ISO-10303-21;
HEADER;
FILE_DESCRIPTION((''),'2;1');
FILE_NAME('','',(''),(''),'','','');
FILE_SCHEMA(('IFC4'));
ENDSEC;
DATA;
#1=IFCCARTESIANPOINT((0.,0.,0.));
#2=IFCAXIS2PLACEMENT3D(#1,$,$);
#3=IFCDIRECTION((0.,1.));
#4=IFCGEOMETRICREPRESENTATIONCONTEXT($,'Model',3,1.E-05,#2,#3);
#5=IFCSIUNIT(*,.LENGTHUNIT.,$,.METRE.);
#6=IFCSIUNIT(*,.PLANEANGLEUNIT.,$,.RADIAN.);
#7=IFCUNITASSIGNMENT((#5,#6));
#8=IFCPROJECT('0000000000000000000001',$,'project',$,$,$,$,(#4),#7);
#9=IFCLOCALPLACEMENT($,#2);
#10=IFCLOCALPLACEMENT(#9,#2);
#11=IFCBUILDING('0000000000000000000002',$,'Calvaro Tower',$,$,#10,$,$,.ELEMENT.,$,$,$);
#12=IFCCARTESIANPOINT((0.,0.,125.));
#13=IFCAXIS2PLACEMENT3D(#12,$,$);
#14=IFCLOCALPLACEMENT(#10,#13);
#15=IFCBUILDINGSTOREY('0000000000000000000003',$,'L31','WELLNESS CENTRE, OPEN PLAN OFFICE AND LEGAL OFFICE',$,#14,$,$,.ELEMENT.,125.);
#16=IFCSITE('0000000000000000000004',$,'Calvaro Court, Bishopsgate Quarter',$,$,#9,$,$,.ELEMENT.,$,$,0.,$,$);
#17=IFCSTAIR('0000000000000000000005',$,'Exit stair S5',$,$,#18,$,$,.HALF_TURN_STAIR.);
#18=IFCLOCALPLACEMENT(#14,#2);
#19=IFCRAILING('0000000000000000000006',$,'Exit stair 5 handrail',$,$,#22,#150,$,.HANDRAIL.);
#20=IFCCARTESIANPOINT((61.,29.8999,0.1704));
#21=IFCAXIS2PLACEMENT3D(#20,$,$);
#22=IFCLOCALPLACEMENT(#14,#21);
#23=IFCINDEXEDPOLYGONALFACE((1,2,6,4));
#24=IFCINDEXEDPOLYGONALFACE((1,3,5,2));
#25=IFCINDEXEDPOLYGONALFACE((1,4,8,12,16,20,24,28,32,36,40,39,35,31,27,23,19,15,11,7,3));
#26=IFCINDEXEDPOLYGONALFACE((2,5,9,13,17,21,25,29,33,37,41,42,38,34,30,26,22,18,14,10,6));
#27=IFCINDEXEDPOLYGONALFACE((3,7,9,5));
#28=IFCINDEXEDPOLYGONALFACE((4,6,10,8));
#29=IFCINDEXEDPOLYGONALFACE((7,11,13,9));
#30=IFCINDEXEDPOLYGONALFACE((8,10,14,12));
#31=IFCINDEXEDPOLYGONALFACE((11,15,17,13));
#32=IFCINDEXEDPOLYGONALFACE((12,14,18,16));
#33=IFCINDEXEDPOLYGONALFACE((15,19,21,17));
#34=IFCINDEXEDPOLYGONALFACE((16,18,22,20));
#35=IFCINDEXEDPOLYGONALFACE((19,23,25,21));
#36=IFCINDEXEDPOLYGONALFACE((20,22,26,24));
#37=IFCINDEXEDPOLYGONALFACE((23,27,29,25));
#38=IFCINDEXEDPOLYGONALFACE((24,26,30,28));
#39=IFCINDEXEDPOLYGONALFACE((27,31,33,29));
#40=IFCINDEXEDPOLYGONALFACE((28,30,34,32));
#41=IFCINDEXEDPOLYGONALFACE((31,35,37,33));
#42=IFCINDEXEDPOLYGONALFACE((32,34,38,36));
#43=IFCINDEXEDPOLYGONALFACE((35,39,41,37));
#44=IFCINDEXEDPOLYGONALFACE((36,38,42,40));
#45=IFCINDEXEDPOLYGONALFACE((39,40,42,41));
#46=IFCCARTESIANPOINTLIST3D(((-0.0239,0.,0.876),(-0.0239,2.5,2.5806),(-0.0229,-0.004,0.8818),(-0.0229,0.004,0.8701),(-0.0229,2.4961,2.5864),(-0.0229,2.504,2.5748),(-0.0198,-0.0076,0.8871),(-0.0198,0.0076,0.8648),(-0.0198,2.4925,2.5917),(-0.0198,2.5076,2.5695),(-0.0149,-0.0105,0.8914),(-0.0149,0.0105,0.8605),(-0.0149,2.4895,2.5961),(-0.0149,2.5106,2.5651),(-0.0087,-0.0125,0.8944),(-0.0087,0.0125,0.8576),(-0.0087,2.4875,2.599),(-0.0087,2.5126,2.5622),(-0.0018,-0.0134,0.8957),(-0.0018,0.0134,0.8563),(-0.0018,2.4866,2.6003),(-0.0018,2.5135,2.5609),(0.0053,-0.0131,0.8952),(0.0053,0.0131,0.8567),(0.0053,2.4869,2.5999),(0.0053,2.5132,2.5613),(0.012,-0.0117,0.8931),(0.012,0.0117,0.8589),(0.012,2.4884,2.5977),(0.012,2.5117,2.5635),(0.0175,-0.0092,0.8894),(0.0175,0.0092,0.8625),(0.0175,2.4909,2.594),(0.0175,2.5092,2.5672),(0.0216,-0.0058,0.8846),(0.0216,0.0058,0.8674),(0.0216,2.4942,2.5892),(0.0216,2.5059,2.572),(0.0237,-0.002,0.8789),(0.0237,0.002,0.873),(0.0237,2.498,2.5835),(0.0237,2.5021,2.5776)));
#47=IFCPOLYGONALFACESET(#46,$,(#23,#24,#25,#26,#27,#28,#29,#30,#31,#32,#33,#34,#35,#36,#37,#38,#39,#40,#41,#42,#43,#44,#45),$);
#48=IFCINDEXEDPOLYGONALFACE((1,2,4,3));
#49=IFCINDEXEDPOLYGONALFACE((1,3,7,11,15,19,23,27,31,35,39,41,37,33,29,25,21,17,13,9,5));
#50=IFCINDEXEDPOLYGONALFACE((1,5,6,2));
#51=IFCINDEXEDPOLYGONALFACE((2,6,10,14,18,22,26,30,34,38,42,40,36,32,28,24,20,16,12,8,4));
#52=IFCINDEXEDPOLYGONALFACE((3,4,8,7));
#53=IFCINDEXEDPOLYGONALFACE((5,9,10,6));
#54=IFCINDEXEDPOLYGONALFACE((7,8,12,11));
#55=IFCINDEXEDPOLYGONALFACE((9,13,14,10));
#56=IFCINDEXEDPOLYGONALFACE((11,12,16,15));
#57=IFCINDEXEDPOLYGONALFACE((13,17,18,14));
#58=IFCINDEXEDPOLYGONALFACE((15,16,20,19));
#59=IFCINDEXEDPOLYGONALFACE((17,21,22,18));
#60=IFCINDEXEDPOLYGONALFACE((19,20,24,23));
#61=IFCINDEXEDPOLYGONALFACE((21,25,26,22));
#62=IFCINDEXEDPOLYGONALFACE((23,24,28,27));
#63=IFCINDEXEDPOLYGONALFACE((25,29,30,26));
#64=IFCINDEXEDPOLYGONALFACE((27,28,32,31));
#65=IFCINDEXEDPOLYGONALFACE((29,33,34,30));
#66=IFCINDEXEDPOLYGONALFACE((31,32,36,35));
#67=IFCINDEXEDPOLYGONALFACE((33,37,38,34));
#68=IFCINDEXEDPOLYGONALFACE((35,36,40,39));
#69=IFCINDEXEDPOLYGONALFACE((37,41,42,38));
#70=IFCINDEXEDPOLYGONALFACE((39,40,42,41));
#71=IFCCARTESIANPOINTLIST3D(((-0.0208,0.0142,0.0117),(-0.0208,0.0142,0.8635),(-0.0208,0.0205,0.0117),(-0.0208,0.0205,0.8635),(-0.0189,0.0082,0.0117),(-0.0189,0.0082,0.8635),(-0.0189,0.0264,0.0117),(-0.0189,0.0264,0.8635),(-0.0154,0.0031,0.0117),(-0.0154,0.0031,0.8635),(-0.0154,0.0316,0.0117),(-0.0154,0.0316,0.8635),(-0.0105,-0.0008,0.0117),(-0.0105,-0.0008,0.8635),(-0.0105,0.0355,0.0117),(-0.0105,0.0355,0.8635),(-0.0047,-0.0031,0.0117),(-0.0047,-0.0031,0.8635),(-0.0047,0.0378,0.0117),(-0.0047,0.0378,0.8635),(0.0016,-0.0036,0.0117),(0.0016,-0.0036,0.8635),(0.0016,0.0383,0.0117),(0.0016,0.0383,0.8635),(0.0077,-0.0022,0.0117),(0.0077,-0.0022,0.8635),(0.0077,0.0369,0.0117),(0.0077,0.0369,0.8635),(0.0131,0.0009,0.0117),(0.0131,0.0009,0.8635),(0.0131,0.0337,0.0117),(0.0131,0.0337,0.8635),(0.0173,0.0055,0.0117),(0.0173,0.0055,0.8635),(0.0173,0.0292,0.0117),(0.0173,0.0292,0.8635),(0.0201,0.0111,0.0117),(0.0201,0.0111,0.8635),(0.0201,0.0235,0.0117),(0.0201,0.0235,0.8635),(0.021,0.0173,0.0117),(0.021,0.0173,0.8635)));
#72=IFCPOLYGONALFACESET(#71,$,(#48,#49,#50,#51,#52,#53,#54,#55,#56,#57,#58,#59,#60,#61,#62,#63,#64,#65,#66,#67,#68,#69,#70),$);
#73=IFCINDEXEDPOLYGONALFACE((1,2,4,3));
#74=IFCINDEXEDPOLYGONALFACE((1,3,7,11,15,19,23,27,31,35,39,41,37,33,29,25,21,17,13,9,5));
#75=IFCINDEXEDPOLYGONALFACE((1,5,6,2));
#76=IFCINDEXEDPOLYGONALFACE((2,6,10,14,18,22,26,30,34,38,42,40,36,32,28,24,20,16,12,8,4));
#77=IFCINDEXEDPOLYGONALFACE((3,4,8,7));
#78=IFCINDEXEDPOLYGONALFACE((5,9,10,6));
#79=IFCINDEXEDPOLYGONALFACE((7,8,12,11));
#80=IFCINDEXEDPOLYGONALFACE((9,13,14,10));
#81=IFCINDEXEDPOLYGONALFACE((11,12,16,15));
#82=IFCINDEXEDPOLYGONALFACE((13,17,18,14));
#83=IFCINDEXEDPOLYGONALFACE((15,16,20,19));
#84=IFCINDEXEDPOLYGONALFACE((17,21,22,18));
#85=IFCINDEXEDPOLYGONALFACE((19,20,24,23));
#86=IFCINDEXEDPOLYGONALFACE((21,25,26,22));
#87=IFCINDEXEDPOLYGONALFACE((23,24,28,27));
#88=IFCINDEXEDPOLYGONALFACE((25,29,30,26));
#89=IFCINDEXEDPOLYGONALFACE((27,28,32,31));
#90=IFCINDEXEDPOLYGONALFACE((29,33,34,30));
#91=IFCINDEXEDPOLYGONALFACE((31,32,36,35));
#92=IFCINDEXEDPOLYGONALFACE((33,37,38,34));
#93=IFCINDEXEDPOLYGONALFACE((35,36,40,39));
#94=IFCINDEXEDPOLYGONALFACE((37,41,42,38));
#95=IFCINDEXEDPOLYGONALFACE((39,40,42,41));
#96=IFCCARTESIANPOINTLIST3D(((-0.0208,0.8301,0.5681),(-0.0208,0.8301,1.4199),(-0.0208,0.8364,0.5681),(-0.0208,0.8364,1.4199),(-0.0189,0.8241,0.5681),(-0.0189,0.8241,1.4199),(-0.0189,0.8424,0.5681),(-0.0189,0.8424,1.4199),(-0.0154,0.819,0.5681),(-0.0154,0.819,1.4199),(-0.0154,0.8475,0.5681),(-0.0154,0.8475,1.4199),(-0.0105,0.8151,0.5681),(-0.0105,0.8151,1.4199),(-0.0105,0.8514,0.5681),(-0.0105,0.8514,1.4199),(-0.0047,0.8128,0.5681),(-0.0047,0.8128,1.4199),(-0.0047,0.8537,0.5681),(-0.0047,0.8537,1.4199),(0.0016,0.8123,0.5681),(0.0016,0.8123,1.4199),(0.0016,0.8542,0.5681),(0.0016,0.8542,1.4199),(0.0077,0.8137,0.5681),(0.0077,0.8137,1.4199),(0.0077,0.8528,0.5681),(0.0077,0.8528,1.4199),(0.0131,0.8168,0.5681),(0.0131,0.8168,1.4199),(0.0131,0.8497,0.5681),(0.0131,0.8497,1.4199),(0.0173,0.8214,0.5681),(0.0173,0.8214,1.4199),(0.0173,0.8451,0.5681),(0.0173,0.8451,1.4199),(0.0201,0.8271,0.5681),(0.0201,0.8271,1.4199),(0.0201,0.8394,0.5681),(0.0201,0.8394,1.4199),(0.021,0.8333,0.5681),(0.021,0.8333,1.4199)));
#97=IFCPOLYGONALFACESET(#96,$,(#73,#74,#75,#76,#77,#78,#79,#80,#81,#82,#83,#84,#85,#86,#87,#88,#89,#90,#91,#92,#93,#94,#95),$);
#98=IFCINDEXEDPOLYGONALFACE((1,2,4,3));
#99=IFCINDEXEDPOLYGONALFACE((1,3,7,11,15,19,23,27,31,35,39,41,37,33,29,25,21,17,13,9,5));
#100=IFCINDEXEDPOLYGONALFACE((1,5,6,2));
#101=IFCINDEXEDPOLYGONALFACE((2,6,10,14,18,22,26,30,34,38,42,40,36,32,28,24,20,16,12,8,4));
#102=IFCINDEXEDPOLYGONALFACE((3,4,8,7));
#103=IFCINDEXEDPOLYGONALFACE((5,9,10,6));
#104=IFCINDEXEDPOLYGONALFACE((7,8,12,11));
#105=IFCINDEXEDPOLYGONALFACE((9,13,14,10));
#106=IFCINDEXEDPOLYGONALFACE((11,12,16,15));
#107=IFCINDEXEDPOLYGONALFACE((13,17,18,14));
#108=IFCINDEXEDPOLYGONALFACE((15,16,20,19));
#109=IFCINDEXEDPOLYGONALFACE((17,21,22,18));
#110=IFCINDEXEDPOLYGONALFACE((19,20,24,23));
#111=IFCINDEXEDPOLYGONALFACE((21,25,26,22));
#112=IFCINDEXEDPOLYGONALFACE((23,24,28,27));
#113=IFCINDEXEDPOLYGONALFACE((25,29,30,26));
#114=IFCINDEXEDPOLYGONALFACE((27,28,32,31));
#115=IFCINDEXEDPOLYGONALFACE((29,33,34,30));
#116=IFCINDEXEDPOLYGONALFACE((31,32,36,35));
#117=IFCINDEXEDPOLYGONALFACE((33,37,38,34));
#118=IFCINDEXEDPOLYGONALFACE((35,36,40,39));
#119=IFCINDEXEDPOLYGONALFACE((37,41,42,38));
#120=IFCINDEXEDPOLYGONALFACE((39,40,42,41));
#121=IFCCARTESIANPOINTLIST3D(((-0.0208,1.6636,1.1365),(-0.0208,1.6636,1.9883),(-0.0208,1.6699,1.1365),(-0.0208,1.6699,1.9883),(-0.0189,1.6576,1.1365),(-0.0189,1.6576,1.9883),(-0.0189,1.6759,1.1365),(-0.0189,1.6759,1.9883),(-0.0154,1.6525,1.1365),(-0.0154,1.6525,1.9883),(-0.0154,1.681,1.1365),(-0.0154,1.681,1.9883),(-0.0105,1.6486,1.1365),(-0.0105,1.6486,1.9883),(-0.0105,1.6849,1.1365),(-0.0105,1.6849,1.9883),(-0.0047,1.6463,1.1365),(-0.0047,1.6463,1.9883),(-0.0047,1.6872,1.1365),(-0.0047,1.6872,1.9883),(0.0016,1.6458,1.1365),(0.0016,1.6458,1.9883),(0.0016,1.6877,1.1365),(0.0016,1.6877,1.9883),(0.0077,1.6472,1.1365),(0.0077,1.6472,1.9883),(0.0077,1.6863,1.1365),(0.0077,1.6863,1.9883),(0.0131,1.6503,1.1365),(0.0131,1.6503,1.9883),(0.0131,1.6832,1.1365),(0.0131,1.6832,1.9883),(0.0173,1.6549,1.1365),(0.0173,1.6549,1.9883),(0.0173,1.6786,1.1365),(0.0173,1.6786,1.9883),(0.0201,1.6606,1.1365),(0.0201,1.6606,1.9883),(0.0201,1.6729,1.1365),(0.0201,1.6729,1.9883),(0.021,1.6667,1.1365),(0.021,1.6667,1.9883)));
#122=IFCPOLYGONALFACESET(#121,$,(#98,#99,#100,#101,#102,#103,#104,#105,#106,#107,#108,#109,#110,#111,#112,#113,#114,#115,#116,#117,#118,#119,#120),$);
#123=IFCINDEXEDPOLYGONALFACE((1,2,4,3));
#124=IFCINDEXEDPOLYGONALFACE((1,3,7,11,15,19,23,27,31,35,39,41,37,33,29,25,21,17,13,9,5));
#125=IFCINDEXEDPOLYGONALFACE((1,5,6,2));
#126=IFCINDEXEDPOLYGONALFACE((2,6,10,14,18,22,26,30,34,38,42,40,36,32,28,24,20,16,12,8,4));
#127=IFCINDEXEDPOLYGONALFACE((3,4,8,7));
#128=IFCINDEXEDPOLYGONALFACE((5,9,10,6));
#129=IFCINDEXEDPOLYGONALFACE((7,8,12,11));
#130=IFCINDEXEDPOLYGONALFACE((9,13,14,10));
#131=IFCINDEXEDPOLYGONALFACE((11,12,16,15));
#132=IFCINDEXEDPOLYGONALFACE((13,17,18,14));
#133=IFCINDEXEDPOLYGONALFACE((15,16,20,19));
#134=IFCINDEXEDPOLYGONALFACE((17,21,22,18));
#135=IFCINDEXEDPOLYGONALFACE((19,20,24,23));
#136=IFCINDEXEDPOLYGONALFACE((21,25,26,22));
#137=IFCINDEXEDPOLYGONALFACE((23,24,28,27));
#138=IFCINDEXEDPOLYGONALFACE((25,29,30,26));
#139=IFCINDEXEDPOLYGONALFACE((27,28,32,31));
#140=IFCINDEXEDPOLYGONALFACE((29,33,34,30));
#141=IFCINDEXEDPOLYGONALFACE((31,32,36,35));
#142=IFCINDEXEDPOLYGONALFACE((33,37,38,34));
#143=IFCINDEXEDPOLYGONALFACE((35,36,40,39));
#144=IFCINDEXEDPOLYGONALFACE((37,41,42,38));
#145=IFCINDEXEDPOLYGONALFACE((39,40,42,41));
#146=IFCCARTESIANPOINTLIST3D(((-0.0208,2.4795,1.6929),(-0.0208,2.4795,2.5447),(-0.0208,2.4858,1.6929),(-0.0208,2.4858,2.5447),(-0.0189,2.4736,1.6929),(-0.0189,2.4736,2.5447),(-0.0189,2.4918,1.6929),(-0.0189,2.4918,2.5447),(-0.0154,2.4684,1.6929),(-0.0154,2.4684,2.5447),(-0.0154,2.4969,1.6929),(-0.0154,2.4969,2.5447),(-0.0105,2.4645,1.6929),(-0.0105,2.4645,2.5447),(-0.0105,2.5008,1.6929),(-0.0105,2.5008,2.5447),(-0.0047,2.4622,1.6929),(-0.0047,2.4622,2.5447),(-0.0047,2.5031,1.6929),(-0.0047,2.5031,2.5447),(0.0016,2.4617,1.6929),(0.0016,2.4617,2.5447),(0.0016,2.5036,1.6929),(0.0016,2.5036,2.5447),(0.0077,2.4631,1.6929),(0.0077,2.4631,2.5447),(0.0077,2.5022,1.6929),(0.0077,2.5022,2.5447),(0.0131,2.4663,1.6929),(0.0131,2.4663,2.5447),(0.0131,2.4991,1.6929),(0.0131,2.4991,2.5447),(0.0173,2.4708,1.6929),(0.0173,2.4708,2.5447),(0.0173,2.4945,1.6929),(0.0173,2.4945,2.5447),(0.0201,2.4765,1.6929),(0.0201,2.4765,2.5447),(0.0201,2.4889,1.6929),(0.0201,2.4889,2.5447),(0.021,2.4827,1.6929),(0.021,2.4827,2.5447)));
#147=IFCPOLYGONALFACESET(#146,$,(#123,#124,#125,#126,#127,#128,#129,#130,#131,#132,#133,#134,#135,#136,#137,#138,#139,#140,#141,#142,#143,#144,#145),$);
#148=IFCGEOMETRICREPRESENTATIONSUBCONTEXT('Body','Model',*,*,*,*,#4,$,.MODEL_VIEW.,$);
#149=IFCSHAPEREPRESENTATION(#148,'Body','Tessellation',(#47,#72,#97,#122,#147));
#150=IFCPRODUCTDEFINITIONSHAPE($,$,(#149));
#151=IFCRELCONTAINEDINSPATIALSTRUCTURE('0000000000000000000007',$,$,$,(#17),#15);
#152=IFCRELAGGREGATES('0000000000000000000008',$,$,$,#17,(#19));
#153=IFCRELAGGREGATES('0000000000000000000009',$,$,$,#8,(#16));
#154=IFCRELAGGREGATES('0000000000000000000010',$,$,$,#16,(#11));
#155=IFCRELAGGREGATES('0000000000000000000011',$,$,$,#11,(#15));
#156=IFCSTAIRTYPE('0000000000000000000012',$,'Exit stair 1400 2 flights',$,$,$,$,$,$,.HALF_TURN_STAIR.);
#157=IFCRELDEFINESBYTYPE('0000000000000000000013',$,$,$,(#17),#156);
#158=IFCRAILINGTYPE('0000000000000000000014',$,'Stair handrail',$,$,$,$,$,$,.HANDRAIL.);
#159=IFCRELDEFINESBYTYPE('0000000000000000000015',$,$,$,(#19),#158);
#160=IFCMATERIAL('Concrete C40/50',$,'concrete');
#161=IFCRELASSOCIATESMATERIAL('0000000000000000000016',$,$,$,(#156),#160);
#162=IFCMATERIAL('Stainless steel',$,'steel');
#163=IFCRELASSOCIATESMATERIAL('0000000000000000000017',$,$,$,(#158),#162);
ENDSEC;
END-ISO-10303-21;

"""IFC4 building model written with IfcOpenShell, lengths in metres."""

from ifc_helpers import new_model, si_unit, direction, frame, origin, origin_2d, place, context, subcontext, project, spatial, circle, extrude, material, type_object, element, aggregate, save


model = new_model("IFC4")

# Units and contexts
model_context = context("Model", 3, precision=1e-05, world=origin(), true_north=direction((0.0, 1.0)))
body_context = subcontext(model_context, "Body", "Model", "MODEL_VIEW")
ifc_project = project(units=[si_unit("LENGTHUNIT", "METRE"), si_unit("PLANEANGLEUNIT", "RADIAN")], contexts=[model_context])

# Site, building, storey
site_placement = place(None, origin())
site = spatial("IfcSite", under=ifc_project, at=site_placement, Name="Calvaro Court, Bishopsgate Quarter", CompositionType="ELEMENT", RefElevation=0.0)
building_placement = place(site_placement, origin())
building = spatial("IfcBuilding", under=site, at=building_placement, Name="Calvaro Tower", CompositionType="ELEMENT")
storey_placement = place(building_placement, frame((0.0, 0.0, 125.0)))
storey = spatial("IfcBuildingStorey", under=building, at=storey_placement, Name="L31", Description="WELLNESS CENTRE, OPEN PLAN OFFICE AND LEGAL OFFICE", CompositionType="ELEMENT", Elevation=125.0)

# Stair
ifc_material_1 = material(Name="Concrete C40/50", Category="concrete")
stair_type = type_object("IfcStairType", Name="Exit stair 1400 2 flights", PredefinedType="HALF_TURN_STAIR", material=ifc_material_1)
stair_1_placement = place(storey_placement, origin())
stair_1 = element("IfcStair", 1, at=stair_1_placement, inside=storey, type_object=stair_type, Name="Exit stair S5", PredefinedType="HALF_TURN_STAIR")

# Shared definitions
ifc_material_2 = material(Name="Stainless steel", Category="steel")
railing_type = type_object("IfcRailingType", Name="Stair handrail", PredefinedType="HANDRAIL", material=ifc_material_2)

# Railing
railing_1_placement = place(storey_placement, frame((61.0, 29.8999, 0.1704)))
railing_1 = element("IfcRailing", 2, at=railing_1_placement, type_object=railing_type, Name="Exit stair 5 handrail", PredefinedType="HANDRAIL", context=body_context, shape_type="SweptSolid", body=[
    extrude(circle(Radius=0.0239, at=origin_2d()), frame((0.0, 0.0, 0.876), z_axis=(0.0, 0.826221, 0.563347), x_axis=(-1.0, 0.0, 0.0)), (0.0, 0.0, 1.0), 3.0259),
    extrude(circle(Radius=0.021, at=origin_2d()), frame((0.0, 0.0173, 0.0117)), (0.0, 0.0, 1.0), 0.8518),
    extrude(circle(Radius=0.021, at=origin_2d()), frame((0.0, 0.8333, 0.5681)), (0.0, 0.0, 1.0), 0.8518),
    extrude(circle(Radius=0.021, at=origin_2d()), frame((0.0, 1.6667, 1.1365)), (0.0, 0.0, 1.0), 0.8518),
    extrude(circle(Radius=0.021, at=origin_2d()), frame((0.0, 2.4827, 1.6929)), (0.0, 0.0, 1.0), 0.8518),
])
aggregate(stair_1, [railing_1])

save(model, "model.ifc")
